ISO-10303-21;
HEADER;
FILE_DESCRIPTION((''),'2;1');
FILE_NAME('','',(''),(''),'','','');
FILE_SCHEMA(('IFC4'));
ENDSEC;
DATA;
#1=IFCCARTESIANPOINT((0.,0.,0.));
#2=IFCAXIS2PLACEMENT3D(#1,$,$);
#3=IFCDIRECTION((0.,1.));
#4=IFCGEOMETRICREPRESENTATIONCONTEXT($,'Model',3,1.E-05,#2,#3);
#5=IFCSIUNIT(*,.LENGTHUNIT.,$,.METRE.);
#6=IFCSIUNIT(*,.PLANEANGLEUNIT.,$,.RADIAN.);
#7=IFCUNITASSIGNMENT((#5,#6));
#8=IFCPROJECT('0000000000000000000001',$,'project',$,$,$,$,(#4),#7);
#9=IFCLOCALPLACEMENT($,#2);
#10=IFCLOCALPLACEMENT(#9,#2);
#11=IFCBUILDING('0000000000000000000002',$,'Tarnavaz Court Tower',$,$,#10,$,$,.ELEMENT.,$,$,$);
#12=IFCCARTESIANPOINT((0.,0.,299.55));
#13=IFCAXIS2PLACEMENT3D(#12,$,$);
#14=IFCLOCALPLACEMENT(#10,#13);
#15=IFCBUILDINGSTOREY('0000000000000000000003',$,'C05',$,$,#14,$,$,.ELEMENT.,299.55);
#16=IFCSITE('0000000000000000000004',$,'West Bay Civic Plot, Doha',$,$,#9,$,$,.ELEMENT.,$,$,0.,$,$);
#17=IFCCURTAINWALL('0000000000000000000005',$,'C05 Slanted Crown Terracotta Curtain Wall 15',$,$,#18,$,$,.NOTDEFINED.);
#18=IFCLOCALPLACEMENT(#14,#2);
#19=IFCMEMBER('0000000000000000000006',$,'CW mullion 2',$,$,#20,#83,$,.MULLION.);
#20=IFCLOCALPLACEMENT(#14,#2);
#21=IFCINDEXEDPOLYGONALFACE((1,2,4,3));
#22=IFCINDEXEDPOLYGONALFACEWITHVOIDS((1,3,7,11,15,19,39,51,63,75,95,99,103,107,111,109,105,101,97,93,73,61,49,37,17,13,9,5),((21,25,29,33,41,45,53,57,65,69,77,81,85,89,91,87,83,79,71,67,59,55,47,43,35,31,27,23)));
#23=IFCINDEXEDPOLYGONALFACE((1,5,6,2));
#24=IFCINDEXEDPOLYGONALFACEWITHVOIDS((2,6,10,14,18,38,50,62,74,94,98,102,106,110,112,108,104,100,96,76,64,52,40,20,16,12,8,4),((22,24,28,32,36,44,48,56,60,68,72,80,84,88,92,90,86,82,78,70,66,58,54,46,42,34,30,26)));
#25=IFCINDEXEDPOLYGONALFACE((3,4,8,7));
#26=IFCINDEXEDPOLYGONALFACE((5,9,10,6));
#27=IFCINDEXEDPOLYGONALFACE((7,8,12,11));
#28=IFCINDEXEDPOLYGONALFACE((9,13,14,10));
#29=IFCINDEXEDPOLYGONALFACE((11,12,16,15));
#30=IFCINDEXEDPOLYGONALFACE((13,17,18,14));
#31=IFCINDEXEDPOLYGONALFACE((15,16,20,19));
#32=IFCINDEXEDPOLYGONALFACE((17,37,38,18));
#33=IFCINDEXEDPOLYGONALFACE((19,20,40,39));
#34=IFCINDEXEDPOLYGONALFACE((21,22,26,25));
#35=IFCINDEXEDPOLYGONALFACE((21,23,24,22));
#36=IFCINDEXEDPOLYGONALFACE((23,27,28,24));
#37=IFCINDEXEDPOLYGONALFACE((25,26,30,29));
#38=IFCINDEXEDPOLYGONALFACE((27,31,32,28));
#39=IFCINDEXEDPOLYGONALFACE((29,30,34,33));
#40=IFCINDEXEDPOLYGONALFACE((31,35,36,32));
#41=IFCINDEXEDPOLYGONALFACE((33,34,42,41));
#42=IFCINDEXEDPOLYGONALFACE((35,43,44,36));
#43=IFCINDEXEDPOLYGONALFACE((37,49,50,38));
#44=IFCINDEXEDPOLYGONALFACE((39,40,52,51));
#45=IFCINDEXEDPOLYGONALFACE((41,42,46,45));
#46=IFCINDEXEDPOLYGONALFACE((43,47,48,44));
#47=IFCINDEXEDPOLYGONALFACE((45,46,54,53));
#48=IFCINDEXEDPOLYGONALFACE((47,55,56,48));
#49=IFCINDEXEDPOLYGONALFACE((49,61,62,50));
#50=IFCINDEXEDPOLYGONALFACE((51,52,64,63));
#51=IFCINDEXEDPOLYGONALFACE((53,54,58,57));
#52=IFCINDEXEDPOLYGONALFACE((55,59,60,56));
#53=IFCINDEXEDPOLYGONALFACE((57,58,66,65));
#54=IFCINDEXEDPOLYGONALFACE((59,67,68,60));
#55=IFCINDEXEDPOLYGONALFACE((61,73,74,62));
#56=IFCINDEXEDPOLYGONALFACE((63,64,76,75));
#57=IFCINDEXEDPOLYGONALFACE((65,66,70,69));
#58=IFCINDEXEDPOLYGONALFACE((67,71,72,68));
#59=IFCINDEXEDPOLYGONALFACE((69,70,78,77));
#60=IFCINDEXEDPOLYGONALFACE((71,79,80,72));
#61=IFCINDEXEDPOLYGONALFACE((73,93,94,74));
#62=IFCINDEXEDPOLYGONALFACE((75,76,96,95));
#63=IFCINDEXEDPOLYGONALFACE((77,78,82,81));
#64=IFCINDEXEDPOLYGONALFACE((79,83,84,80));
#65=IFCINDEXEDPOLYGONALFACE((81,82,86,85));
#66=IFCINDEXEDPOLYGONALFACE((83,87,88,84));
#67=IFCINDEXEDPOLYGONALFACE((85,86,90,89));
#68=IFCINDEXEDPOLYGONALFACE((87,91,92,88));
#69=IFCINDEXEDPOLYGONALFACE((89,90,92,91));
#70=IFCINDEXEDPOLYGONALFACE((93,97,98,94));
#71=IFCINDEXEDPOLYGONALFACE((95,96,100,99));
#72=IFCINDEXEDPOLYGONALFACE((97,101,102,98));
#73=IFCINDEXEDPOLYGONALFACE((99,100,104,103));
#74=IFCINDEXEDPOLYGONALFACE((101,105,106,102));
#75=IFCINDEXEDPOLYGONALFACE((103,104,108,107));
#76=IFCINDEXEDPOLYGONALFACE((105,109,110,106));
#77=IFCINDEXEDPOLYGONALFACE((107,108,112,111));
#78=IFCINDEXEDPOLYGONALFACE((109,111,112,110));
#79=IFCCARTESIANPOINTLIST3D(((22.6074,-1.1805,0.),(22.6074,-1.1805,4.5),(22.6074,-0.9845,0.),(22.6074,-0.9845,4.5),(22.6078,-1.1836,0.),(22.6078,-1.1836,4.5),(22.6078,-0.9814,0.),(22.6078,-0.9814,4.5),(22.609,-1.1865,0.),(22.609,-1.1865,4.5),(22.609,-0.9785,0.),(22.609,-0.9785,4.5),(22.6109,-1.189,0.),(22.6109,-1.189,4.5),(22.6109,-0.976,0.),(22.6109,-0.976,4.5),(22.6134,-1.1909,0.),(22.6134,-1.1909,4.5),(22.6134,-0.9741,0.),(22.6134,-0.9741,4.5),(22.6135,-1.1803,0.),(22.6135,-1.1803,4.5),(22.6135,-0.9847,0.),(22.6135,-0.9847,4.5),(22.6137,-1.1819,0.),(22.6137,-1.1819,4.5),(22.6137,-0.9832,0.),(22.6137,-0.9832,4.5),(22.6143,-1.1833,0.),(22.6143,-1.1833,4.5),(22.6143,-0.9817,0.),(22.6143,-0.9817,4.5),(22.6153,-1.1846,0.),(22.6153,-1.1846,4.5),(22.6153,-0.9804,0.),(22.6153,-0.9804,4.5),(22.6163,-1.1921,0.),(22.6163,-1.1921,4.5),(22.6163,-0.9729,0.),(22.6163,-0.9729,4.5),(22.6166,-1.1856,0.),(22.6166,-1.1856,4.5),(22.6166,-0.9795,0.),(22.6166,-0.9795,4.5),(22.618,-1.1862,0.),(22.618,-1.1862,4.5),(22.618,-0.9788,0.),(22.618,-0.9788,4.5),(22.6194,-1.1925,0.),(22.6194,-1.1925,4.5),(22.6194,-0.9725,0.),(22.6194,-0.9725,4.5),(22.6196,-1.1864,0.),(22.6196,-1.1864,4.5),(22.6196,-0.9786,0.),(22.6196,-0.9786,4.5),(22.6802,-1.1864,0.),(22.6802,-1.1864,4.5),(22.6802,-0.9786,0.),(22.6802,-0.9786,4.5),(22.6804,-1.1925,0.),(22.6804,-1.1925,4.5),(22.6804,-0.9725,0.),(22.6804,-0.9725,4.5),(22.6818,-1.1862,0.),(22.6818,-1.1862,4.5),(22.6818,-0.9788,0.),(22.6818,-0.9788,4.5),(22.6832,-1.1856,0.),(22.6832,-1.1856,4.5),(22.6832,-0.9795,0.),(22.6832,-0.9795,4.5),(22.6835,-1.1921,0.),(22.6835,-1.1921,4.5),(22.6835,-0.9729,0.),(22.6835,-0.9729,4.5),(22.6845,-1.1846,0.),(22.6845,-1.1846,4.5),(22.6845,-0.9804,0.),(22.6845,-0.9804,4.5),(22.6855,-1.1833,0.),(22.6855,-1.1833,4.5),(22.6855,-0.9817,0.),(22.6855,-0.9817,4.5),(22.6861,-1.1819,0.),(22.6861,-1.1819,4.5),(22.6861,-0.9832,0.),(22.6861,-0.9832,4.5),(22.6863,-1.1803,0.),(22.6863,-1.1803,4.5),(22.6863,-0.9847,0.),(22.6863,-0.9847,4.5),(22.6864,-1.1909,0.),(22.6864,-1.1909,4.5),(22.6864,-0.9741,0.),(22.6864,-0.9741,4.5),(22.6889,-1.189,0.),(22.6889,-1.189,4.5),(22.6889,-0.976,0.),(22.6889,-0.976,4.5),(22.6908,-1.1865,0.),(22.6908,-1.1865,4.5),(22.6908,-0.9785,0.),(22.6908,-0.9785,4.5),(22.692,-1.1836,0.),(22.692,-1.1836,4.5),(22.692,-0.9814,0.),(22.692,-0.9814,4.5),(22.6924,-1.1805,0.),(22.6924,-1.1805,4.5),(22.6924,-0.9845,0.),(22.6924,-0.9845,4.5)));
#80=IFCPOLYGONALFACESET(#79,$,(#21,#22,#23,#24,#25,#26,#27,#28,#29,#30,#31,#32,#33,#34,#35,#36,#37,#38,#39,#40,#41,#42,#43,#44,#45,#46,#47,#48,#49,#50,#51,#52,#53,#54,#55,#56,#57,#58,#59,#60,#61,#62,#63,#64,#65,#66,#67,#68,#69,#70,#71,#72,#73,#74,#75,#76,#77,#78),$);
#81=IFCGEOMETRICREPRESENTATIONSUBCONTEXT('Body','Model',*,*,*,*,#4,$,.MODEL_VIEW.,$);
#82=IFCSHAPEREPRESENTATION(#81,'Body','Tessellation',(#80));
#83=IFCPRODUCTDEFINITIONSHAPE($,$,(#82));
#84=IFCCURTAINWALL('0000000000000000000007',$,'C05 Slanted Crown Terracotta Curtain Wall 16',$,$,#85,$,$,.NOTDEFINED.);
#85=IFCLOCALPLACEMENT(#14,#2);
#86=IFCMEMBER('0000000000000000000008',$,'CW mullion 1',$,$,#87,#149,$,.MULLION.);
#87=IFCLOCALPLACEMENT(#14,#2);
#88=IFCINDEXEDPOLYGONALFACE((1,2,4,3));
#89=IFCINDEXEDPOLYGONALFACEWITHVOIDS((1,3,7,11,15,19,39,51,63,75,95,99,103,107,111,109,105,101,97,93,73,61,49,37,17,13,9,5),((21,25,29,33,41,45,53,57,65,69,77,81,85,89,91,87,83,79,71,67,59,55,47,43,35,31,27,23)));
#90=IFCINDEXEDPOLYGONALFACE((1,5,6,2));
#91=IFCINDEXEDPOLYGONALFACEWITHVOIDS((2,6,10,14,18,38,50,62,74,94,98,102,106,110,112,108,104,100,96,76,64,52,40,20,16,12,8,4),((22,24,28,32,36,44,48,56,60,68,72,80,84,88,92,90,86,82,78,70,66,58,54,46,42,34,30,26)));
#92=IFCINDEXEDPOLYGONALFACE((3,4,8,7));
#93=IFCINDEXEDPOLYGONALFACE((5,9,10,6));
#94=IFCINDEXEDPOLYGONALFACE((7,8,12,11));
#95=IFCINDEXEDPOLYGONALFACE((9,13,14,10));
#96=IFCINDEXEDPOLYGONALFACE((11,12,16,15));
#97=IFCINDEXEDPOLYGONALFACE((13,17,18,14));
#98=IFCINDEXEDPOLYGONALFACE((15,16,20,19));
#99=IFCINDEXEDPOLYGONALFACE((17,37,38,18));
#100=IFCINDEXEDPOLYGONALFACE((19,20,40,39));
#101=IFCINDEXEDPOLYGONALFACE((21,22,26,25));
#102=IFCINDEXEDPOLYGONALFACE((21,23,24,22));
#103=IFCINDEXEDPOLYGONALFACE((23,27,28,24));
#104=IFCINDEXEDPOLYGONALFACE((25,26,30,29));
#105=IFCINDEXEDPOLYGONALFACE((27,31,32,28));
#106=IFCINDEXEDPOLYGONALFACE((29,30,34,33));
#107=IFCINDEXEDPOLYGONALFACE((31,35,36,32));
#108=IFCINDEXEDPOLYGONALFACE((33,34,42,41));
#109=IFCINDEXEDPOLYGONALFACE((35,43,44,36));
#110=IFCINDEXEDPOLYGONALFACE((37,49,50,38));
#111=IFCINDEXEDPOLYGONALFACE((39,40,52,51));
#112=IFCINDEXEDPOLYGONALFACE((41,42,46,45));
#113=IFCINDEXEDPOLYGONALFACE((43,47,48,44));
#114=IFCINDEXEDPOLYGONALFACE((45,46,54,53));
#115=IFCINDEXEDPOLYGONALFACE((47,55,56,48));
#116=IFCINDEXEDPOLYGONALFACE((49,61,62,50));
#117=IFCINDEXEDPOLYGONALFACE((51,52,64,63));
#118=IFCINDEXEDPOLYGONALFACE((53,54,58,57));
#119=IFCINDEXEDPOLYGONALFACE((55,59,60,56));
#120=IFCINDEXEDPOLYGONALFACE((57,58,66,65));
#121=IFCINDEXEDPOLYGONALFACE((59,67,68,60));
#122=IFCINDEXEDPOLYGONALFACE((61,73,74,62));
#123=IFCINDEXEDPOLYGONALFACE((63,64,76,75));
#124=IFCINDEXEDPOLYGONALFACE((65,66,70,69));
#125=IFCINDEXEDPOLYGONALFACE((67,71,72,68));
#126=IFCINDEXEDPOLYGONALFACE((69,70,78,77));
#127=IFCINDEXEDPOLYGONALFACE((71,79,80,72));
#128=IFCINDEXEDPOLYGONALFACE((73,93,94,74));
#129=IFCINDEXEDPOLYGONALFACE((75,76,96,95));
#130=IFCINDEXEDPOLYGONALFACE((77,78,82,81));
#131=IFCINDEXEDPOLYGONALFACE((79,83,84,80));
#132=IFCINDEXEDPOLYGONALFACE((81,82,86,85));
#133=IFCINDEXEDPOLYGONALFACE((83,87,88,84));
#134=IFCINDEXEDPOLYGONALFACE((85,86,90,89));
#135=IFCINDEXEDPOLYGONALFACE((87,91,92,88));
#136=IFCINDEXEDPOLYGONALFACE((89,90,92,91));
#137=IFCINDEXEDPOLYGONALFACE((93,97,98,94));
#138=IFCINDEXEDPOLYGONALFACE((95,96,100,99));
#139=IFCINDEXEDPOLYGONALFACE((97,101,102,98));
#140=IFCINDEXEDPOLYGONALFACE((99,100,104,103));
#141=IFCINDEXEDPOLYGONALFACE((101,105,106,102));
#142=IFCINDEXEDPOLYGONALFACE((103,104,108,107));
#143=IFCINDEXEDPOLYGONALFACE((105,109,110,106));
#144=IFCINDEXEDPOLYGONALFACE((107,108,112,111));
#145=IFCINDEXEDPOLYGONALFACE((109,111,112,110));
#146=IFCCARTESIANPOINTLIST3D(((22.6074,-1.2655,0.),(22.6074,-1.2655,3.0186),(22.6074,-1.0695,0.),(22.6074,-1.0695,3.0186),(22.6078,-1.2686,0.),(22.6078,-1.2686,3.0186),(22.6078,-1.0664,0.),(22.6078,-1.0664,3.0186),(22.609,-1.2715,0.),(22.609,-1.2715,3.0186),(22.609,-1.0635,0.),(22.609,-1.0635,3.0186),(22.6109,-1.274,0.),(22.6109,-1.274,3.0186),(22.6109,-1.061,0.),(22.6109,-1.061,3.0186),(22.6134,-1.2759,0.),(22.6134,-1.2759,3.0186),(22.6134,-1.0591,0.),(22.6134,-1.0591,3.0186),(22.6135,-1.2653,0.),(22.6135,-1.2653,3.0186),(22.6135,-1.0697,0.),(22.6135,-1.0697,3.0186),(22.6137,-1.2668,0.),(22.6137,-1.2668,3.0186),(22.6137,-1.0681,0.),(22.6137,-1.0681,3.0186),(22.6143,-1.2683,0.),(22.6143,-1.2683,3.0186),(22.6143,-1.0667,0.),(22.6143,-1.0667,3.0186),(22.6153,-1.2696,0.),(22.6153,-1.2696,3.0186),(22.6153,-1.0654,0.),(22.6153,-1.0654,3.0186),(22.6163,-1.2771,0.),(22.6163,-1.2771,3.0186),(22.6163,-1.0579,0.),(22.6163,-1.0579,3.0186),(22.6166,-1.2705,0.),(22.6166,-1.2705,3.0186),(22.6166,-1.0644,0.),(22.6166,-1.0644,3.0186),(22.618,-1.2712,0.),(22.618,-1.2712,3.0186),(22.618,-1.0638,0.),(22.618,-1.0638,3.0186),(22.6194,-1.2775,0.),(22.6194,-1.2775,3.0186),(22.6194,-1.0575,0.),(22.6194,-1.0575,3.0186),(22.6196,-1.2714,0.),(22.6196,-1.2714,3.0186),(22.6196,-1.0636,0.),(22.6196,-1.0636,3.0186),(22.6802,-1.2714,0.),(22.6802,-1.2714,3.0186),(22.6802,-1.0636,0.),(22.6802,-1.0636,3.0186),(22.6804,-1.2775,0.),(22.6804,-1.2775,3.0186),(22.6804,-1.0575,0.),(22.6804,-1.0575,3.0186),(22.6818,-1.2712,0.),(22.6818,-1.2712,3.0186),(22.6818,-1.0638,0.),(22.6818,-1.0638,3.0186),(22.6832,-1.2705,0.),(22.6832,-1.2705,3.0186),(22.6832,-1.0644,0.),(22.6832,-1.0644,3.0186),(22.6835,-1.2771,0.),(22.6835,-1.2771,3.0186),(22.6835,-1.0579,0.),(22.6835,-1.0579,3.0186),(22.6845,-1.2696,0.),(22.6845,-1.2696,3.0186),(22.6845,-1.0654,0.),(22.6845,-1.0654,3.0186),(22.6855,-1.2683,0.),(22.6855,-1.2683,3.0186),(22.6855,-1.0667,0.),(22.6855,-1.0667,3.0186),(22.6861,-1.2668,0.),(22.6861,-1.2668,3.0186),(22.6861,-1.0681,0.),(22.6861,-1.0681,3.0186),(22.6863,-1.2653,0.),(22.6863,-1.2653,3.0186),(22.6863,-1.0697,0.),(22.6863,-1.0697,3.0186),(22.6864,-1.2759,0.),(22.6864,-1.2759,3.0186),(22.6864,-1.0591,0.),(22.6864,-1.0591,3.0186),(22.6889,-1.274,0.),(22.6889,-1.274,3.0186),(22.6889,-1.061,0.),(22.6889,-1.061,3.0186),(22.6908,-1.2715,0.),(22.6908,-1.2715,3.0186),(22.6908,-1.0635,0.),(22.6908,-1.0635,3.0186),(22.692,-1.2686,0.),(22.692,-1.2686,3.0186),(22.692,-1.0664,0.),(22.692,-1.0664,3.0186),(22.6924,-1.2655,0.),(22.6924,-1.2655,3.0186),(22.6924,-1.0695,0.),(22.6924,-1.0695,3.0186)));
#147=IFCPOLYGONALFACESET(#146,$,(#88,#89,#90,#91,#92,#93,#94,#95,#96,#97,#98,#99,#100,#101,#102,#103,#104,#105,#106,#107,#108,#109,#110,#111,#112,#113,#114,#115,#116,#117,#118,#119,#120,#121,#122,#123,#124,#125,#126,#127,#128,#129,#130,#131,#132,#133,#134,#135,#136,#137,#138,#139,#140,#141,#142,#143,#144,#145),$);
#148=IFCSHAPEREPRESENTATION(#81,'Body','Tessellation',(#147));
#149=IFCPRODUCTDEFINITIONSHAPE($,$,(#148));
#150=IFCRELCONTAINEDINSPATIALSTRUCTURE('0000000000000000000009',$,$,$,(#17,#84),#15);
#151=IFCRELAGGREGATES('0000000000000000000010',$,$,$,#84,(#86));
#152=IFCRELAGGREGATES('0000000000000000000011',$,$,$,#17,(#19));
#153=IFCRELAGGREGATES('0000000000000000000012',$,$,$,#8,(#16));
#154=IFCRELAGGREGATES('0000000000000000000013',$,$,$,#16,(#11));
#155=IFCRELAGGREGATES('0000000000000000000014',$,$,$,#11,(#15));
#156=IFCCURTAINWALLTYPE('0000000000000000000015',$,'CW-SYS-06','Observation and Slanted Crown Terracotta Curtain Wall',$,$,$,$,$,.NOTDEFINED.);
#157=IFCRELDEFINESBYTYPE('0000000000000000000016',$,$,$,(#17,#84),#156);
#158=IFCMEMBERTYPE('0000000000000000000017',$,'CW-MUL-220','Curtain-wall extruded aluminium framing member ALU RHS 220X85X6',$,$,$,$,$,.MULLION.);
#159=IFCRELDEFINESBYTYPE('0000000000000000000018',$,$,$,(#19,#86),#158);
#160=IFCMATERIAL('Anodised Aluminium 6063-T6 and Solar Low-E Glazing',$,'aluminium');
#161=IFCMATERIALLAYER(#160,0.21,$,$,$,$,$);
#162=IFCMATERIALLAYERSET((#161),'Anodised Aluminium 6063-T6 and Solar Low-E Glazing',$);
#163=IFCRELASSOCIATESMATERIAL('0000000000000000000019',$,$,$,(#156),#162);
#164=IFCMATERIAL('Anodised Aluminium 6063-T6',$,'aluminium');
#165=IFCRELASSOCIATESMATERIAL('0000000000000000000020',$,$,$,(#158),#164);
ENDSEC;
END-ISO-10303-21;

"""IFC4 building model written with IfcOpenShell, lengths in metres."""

from ifc_helpers import new_model, si_unit, direction, frame, origin, origin_2d, place, context, subcontext, project, spatial, hollow_rectangle, extrude, material, layer, layer_set, material_profile, profile_set, type_object, element, aggregate, save


model = new_model("IFC4")

# Units and contexts
model_context = context("Model", 3, precision=1e-05, world=origin(), true_north=direction((0.0, 1.0)))
body_context = subcontext(model_context, "Body", "Model", "MODEL_VIEW")
ifc_project = project(units=[si_unit("LENGTHUNIT", "METRE"), si_unit("PLANEANGLEUNIT", "RADIAN")], contexts=[model_context])

# Site, building, storey
site_placement = place(None, origin())
site = spatial("IfcSite", under=ifc_project, at=site_placement, Name="West Bay Civic Plot, Doha", CompositionType="ELEMENT", RefElevation=0.0)
building_placement = place(site_placement, origin())
building = spatial("IfcBuilding", under=site, at=building_placement, Name="Tarnavaz Court Tower", CompositionType="ELEMENT")
storey_placement = place(building_placement, frame((0.0, 0.0, 299.55)))
storey = spatial("IfcBuildingStorey", under=building, at=storey_placement, Name="C05", CompositionType="ELEMENT", Elevation=299.55)

# Shared definitions
ifc_material_1 = material(Name="Anodised Aluminium 6063-T6 and Solar Low-E Glazing", Category="aluminium")
ifc_layer_1 = layer(ifc_material_1, 0.21)
ifc_layer_set_1 = layer_set([ifc_layer_1], Name="Anodised Aluminium 6063-T6 and Solar Low-E Glazing")
curtain_wall_type = type_object("IfcCurtainWallType", Name="CW-SYS-06", Description="Observation and Slanted Crown Terracotta Curtain Wall", PredefinedType="NOTDEFINED", material=ifc_layer_set_1)
ifc_material_2 = material(Name="Anodised Aluminium 6063-T6", Category="aluminium")
ifc_material_profile_1 = material_profile(ifc_material_2, hollow_rectangle(XDim=0.085, YDim=0.22, WallThickness=0.0061, InnerFilletRadius=0.0061, OuterFilletRadius=0.012, at=origin_2d()), Name="ALU RHS 220X85X6")
ifc_profile_set_1 = profile_set([ifc_material_profile_1], Name="Anodised Aluminium 6063-T6")
member_type_1 = type_object("IfcMemberType", Name="CW-MUL-220", Description="Curtain-wall extruded aluminium framing member ALU RHS 220X85X6", PredefinedType="MULLION", material=ifc_profile_set_1)

# Curtain wall, member
curtain_wall_1_placement = place(storey_placement, origin())
curtain_wall_1 = element("IfcCurtainWall", 1, at=curtain_wall_1_placement, inside=storey, type_object=curtain_wall_type, Name="C05 Slanted Crown Terracotta Curtain Wall 15", PredefinedType="NOTDEFINED")
member_1_placement = place(storey_placement, frame((22.6499, -1.0825, 0.0), z_axis=(0.0, 0.0, 1.0), x_axis=(1.0, 0.0, 0.0)))
member_1 = element("IfcMember", 2, at=member_1_placement, type_object=member_type_1, Name="CW mullion 2", PredefinedType="MULLION", context=body_context, shape_type="SweptSolid", body=[
    extrude(hollow_rectangle(XDim=0.085, YDim=0.22, WallThickness=0.0061, InnerFilletRadius=0.0061, OuterFilletRadius=0.012, at=origin_2d()), origin(), (0.0, 0.0, 1.0), 4.5),
])

# Curtain wall, member
curtain_wall_2_placement = place(storey_placement, origin())
curtain_wall_2 = element("IfcCurtainWall", 3, at=curtain_wall_2_placement, inside=storey, type_object=curtain_wall_type, Name="C05 Slanted Crown Terracotta Curtain Wall 16", PredefinedType="NOTDEFINED")
member_2_placement = place(storey_placement, frame((22.6499, -1.1675, 0.0), z_axis=(0.0, 0.0, 1.0), x_axis=(1.0, 0.0, 0.0)))
member_2 = element("IfcMember", 4, at=member_2_placement, type_object=member_type_1, Name="CW mullion 1", PredefinedType="MULLION", context=body_context, shape_type="SweptSolid", body=[
    extrude(hollow_rectangle(XDim=0.085, YDim=0.22, WallThickness=0.0061, InnerFilletRadius=0.0061, OuterFilletRadius=0.012, at=origin_2d()), origin(), (0.0, 0.0, 1.0), 3.0186),
])

aggregate(curtain_wall_2, [member_2])

aggregate(curtain_wall_1, [member_1])

save(model, "model.ifc")
